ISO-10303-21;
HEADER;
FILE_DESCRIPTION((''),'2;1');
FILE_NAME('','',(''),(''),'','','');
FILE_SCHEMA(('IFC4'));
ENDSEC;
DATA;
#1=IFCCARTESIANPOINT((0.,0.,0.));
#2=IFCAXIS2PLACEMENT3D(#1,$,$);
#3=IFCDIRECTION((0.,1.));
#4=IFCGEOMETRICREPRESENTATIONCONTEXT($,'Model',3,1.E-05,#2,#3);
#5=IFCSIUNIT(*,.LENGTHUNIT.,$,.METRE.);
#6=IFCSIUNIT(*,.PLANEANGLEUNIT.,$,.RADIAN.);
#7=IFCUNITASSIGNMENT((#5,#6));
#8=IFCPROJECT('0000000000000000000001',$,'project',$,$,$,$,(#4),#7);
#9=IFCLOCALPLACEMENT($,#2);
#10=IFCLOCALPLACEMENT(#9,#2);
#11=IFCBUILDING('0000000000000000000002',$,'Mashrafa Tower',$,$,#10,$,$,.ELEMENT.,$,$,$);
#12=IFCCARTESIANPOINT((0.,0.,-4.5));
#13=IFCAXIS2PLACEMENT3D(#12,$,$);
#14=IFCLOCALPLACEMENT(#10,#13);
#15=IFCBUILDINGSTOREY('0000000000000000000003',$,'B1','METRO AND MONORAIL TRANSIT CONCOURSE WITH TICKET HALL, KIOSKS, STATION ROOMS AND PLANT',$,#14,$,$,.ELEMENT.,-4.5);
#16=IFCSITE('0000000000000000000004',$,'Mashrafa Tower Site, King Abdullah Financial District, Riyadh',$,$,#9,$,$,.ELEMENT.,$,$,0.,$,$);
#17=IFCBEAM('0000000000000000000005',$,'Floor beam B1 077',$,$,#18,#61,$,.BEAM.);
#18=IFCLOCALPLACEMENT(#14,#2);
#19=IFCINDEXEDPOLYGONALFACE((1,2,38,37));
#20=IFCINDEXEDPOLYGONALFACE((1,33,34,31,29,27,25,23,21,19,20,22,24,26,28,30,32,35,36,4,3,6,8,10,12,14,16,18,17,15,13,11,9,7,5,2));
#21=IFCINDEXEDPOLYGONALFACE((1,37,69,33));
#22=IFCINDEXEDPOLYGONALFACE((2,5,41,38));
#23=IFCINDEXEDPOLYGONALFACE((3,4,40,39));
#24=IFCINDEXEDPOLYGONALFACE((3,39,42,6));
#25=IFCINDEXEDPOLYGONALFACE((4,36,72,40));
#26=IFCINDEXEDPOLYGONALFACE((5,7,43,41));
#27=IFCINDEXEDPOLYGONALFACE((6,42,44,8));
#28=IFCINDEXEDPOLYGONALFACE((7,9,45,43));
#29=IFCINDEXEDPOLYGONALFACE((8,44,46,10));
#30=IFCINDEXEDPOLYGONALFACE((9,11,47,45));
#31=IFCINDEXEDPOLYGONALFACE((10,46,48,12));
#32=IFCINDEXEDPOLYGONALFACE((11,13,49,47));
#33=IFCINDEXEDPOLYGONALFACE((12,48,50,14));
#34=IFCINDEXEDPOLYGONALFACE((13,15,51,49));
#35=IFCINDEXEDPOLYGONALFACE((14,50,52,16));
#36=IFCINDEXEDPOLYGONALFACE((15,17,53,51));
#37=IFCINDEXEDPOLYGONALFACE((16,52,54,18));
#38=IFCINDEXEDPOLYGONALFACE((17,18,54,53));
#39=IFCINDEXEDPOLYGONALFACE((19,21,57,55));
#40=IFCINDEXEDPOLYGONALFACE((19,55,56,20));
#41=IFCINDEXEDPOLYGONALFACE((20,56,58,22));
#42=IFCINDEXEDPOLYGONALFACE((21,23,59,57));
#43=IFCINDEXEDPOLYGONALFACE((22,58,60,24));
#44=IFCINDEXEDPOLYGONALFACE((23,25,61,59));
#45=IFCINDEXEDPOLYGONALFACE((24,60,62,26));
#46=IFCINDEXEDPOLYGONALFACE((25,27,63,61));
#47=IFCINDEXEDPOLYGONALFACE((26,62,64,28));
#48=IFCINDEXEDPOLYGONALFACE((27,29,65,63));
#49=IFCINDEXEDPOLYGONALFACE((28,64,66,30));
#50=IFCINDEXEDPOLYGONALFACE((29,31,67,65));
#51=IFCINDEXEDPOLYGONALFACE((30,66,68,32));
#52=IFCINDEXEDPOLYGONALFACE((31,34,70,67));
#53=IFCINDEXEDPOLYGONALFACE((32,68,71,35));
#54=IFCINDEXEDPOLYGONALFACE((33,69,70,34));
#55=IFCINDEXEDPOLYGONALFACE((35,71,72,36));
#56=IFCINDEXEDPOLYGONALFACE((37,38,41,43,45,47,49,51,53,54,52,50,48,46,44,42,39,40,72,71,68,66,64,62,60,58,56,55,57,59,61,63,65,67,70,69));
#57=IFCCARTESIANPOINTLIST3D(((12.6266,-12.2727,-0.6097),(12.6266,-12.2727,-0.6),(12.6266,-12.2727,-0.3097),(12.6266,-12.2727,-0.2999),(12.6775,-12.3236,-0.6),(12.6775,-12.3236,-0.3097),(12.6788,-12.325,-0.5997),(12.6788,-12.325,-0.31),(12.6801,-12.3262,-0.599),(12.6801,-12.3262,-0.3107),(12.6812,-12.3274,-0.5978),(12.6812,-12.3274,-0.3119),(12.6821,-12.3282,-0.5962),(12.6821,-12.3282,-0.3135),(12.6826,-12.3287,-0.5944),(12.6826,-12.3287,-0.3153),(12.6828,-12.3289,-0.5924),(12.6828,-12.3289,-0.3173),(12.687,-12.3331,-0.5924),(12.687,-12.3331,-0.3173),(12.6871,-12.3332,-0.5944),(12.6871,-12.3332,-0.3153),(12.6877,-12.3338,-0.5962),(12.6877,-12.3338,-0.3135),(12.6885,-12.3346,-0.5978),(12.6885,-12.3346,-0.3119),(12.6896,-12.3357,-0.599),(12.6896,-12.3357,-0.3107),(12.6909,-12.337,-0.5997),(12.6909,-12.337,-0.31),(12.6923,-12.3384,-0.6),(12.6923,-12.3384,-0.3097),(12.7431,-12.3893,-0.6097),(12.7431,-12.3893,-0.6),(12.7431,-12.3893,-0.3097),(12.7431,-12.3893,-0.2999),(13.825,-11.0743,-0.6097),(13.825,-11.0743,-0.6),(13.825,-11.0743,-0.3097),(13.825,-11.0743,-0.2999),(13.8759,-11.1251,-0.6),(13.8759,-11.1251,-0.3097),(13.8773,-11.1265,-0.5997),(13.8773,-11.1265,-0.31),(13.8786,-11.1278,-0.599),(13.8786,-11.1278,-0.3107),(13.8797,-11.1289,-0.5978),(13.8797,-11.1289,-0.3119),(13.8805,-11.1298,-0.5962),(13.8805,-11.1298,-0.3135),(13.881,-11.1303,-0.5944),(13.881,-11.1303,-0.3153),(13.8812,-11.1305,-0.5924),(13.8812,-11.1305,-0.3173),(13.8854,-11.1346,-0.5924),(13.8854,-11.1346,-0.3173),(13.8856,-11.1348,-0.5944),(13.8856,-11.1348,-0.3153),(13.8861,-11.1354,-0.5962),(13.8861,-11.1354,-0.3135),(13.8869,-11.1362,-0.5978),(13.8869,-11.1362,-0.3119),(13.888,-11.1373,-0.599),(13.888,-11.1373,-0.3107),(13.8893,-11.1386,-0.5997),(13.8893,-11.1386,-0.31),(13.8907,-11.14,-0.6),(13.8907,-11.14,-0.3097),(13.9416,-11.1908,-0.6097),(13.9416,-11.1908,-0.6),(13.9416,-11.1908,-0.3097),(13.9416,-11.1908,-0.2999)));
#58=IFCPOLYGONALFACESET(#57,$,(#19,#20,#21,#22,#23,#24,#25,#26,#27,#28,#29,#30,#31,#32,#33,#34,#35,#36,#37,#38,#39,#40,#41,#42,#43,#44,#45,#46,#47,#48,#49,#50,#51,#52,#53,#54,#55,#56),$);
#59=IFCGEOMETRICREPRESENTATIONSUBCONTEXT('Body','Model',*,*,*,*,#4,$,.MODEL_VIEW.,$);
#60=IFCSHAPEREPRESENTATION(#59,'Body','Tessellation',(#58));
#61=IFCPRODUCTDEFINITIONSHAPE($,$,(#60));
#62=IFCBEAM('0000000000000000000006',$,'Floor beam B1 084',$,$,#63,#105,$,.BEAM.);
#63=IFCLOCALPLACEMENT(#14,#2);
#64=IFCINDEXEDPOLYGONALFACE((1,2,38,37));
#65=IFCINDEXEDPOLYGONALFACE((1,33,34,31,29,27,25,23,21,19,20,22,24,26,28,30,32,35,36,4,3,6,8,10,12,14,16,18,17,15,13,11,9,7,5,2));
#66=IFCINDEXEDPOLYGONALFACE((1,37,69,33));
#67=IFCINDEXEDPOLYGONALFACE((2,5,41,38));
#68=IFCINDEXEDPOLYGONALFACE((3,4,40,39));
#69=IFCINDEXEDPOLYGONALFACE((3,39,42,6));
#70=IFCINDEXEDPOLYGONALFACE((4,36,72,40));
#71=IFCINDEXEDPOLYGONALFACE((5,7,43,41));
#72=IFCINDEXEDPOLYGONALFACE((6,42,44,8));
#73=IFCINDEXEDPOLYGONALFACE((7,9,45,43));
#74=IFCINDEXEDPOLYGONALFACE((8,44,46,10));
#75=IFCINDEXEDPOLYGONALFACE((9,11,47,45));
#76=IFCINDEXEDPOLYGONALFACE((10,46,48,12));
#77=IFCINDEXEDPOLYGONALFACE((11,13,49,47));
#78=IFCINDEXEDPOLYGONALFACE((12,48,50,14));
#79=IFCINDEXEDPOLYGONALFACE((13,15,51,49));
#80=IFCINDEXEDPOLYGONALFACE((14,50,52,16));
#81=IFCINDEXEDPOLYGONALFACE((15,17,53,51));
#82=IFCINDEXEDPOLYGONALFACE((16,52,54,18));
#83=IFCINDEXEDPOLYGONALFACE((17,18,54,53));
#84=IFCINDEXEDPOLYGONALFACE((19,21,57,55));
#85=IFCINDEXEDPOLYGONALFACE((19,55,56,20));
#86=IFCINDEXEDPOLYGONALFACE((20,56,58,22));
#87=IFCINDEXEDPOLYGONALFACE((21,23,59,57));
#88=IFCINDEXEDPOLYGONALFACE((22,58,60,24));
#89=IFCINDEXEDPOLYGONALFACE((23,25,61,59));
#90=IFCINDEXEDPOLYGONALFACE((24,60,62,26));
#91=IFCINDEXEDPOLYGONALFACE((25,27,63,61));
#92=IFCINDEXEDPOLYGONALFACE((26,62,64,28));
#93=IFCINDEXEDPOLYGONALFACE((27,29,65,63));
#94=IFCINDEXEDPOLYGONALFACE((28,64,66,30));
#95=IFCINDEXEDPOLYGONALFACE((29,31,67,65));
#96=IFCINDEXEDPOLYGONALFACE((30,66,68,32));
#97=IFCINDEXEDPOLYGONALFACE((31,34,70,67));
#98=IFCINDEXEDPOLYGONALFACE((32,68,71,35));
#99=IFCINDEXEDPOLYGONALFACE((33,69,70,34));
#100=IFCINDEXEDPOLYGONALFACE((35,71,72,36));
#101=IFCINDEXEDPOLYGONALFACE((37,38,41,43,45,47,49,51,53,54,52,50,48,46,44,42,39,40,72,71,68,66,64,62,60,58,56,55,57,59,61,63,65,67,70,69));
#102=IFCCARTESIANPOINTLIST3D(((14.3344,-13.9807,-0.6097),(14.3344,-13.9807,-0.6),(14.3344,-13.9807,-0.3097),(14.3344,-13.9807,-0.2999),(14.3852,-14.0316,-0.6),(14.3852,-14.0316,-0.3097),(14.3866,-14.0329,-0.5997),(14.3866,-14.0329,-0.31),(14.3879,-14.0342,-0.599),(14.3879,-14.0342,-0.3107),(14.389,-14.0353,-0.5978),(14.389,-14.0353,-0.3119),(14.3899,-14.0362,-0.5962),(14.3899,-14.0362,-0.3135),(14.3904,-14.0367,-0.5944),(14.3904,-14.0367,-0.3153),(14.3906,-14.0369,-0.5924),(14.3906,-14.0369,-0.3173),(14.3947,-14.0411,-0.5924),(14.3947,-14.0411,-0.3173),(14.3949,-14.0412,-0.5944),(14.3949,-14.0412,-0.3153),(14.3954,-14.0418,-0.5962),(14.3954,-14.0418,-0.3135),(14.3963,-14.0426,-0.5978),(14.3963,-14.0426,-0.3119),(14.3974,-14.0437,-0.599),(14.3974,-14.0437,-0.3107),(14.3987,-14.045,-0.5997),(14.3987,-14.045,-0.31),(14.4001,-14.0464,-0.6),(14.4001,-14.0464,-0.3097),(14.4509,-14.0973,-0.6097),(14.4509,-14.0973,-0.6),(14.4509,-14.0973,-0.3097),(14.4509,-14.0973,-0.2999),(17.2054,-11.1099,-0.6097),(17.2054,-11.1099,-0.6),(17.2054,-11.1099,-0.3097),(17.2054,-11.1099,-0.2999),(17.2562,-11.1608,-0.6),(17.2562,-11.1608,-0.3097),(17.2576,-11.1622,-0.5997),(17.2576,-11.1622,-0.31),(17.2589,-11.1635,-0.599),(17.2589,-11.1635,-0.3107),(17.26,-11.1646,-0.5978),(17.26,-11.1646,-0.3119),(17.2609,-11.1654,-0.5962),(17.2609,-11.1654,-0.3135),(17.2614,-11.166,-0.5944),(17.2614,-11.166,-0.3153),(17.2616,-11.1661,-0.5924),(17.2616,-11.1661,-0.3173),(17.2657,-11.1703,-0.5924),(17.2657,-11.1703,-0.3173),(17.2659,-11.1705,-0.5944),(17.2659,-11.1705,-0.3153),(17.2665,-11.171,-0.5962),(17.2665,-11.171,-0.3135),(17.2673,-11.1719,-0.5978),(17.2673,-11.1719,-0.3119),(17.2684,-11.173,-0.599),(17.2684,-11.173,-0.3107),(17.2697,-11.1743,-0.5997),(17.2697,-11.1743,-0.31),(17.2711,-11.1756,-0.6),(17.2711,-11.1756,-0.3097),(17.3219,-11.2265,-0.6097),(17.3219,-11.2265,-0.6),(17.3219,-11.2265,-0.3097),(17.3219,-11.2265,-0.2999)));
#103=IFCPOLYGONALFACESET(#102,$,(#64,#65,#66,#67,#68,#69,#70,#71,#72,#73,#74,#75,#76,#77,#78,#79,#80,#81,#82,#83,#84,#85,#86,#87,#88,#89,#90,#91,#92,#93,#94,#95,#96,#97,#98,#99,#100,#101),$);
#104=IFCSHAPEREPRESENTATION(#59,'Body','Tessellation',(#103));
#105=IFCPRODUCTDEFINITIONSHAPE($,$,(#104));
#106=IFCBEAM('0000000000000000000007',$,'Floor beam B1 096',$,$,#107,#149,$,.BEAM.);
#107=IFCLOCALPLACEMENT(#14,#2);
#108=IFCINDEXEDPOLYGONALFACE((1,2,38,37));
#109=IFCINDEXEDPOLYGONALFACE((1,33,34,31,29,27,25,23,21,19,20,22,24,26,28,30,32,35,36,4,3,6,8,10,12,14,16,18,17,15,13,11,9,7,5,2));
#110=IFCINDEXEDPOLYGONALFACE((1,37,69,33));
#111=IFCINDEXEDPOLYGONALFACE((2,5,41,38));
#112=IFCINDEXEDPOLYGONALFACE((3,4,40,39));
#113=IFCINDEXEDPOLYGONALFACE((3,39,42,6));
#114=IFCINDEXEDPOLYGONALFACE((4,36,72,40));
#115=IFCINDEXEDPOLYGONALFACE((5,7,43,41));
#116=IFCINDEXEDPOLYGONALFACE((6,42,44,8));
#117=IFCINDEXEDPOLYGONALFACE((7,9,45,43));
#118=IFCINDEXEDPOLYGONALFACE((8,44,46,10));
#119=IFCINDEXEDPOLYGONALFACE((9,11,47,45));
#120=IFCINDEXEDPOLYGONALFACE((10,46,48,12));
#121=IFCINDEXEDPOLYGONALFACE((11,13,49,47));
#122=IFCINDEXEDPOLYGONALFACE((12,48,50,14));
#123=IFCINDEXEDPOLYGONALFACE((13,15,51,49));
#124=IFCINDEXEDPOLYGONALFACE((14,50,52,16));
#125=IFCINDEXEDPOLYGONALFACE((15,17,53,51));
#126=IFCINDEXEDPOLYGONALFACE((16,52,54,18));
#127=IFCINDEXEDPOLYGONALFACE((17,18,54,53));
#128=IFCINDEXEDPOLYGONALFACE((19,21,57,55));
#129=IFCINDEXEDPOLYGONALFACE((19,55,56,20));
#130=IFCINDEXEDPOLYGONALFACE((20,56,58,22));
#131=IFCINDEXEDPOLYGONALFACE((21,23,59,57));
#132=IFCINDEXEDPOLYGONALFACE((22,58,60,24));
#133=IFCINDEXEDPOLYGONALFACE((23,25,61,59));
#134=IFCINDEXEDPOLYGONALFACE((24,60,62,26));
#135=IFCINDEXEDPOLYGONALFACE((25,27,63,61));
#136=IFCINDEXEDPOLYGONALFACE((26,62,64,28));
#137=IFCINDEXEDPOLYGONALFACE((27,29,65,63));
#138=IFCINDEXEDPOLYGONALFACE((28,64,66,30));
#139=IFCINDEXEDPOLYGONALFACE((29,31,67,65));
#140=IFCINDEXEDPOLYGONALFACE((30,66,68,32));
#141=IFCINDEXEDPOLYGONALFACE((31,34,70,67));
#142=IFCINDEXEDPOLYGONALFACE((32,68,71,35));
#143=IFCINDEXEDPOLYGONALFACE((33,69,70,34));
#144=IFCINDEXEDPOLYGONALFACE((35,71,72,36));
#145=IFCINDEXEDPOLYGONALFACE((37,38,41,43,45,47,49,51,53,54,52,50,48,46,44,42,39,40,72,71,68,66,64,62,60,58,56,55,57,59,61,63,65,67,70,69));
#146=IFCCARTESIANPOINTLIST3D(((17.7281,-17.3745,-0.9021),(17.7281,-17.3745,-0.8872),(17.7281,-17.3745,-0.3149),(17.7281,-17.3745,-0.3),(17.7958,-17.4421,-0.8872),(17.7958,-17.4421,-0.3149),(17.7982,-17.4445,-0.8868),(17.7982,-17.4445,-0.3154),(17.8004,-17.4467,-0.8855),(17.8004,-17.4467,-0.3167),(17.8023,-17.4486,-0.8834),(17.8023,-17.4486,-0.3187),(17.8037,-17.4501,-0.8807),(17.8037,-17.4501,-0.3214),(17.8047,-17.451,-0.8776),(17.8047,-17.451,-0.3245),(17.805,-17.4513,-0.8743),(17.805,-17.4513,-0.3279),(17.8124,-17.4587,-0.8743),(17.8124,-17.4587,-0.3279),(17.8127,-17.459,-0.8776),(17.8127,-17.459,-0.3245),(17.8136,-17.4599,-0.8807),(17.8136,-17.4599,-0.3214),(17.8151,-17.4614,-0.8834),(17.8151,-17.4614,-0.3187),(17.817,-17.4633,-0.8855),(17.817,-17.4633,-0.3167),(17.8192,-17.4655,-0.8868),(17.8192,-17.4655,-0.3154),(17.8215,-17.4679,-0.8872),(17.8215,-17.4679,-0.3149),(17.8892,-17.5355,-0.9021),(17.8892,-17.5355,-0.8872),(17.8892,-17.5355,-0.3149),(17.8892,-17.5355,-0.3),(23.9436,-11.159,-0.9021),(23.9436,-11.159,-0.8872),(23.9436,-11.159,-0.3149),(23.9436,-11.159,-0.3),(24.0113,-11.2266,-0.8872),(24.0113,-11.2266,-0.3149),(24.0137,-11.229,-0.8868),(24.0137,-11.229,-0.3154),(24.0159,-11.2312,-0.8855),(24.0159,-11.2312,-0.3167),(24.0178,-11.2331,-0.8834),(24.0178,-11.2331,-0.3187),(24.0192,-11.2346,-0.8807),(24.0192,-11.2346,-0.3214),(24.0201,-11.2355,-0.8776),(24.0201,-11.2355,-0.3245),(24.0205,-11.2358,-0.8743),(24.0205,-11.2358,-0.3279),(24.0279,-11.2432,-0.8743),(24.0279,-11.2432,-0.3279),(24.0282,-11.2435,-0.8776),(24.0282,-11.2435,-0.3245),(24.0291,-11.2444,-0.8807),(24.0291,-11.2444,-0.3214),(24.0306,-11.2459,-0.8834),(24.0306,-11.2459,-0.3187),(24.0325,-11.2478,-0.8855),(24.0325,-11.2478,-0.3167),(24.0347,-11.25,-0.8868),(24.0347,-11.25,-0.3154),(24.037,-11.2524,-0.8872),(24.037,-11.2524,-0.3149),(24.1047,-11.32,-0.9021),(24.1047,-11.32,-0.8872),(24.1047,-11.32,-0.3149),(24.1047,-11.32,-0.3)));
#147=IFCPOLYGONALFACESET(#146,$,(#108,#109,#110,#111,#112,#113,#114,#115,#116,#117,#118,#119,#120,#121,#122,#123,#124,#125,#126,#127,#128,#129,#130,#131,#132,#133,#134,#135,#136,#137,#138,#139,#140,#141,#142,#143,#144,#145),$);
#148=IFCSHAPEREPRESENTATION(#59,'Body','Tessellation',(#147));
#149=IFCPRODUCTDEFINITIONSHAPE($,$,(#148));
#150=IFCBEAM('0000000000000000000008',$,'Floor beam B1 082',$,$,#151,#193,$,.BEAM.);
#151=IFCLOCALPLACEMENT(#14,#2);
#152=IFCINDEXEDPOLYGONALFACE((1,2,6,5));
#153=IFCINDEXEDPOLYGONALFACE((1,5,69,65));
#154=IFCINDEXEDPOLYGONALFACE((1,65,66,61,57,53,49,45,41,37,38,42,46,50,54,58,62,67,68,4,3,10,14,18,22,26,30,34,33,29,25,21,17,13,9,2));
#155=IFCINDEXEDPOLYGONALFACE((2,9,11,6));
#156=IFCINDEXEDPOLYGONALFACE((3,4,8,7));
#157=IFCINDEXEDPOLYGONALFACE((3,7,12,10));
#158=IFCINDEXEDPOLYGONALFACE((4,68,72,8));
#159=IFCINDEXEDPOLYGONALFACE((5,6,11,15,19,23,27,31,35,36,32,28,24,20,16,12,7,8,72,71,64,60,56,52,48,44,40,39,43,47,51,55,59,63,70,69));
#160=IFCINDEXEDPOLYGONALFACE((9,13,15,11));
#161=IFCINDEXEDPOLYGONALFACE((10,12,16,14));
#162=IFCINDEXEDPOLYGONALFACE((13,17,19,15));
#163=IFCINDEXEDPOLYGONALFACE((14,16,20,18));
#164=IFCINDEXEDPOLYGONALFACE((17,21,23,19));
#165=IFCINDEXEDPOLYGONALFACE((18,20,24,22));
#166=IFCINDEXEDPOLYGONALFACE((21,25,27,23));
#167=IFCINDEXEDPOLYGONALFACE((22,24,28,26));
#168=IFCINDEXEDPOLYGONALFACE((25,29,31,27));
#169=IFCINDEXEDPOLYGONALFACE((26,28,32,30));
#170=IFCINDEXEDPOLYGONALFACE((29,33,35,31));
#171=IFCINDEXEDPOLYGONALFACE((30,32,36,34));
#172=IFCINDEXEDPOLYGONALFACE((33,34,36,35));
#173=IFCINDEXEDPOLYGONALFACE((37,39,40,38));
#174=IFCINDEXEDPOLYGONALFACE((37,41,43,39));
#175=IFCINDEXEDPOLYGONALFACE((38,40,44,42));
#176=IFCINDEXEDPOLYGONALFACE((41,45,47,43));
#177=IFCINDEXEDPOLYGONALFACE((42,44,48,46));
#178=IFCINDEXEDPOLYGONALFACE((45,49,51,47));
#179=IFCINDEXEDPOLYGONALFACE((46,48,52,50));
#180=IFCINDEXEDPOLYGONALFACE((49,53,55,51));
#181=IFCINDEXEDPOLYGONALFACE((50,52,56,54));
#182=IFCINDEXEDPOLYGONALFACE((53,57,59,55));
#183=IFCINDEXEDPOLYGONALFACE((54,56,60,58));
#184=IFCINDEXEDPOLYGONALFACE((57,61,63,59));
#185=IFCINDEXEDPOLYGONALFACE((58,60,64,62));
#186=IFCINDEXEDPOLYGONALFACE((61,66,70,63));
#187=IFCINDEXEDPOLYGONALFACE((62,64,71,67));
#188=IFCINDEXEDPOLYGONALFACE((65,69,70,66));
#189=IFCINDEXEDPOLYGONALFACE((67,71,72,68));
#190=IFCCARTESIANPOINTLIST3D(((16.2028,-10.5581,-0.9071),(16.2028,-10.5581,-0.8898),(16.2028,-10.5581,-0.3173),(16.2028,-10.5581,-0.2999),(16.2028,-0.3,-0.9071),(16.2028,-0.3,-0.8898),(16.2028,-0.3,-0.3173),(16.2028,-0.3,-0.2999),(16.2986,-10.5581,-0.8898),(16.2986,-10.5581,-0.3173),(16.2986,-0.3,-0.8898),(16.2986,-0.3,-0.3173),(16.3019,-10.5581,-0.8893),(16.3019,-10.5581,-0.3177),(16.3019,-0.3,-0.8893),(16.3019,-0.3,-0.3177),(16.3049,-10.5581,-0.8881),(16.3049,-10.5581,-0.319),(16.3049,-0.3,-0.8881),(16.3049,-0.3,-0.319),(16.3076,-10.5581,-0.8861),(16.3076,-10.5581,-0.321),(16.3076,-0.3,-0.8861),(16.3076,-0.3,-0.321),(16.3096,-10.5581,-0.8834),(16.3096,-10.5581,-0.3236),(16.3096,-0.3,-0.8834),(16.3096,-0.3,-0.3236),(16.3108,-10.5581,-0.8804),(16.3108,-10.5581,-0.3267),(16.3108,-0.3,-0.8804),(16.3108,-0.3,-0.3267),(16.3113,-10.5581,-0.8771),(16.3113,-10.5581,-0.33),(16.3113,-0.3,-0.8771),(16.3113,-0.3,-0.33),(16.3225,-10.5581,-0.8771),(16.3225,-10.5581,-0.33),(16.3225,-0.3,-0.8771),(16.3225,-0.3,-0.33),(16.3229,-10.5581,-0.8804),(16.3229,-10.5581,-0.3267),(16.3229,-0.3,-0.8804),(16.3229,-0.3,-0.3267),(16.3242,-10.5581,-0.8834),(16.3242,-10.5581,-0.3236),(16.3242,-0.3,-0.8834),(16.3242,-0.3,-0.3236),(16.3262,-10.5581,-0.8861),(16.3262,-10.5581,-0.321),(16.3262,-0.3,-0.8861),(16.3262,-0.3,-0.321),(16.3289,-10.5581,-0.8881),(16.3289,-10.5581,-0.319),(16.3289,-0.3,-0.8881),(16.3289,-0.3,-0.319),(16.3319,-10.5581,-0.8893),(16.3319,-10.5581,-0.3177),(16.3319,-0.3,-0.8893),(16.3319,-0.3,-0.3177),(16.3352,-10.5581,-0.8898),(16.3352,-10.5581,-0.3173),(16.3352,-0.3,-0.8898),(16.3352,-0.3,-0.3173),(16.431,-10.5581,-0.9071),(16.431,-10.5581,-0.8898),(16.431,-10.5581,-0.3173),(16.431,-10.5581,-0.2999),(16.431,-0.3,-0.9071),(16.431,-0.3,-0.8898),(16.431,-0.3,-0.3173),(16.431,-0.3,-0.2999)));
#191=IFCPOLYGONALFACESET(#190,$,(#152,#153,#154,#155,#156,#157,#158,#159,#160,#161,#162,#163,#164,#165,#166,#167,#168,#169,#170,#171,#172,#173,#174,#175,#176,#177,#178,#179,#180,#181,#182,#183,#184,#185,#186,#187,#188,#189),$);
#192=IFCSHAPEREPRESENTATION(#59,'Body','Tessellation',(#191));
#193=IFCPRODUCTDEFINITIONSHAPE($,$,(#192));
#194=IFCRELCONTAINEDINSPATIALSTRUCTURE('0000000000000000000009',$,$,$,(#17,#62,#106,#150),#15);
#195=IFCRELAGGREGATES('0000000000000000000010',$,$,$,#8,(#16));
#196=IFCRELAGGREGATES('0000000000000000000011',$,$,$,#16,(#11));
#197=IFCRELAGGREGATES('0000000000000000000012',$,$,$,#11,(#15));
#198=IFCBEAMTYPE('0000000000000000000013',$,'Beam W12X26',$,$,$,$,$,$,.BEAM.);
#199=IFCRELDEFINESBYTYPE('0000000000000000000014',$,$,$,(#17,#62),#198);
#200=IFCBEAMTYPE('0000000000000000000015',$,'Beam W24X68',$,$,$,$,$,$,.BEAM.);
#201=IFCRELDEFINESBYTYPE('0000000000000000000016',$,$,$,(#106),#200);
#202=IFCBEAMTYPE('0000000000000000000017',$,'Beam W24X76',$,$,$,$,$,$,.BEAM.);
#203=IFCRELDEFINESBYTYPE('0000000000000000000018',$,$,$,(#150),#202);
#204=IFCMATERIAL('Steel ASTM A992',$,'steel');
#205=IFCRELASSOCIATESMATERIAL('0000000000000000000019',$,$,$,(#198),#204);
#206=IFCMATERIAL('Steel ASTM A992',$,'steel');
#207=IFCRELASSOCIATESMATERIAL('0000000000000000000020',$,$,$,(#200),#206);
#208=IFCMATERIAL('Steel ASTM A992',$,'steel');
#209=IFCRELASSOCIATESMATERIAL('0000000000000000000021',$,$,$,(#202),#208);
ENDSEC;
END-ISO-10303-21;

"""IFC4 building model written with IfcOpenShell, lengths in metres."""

from ifc_helpers import new_model, si_unit, direction, frame, origin, origin_2d, place, context, subcontext, project, spatial, i_section, extrude, material, material_profile, profile_set, type_object, element, save


model = new_model("IFC4")

# Units and contexts
model_context = context("Model", 3, precision=1e-05, world=origin(), true_north=direction((0.0, 1.0)))
body_context = subcontext(model_context, "Body", "Model", "MODEL_VIEW")
ifc_project = project(units=[si_unit("LENGTHUNIT", "METRE"), si_unit("PLANEANGLEUNIT", "RADIAN")], contexts=[model_context])

# Site, building, storey
site_placement = place(None, origin())
site = spatial("IfcSite", under=ifc_project, at=site_placement, Name="Mashrafa Tower Site, King Abdullah Financial District, Riyadh", CompositionType="ELEMENT", RefElevation=0.0)
building_placement = place(site_placement, origin())
building = spatial("IfcBuilding", under=site, at=building_placement, Name="Mashrafa Tower", CompositionType="ELEMENT")
storey_placement = place(building_placement, frame((0.0, 0.0, -4.5)))
storey = spatial("IfcBuildingStorey", under=building, at=storey_placement, Name="B1", Description="METRO AND MONORAIL TRANSIT CONCOURSE WITH TICKET HALL, KIOSKS, STATION ROOMS AND PLANT", CompositionType="ELEMENT", Elevation=-4.5)

# Beams
ifc_material_1 = material(Name="Steel ASTM A992", Category="steel")
ifc_material_profile_1 = material_profile(ifc_material_1, i_section(OverallWidth=0.1648, OverallDepth=0.3098, WebThickness=0.0059, FlangeThickness=0.0098, FilletRadius=0.0076, at=origin_2d()), Name="W12X26")
ifc_profile_set_1 = profile_set([ifc_material_profile_1], Name="Steel ASTM A992")
beam_type_1 = type_object("IfcBeamType", Name="Beam W12X26", PredefinedType="BEAM", material=ifc_profile_set_1)
for number, where, z_axis, x_axis, name in (
    (1, (13.8833, -11.1326, -0.4548), (-0.707107, -0.707107, 0.0), (0.707107, -0.707107, 0.0), "Floor beam B1 077"),
):
    element("IfcBeam", number, at=place(storey_placement, frame(where, z_axis=z_axis, x_axis=x_axis)), inside=storey, type_object=beam_type_1, Name=name, PredefinedType="BEAM", context=body_context, shape_type="SweptSolid", body=[
        extrude(i_section(OverallWidth=0.1648, OverallDepth=0.3098, WebThickness=0.0059, FlangeThickness=0.0098, FilletRadius=0.0076, at=origin_2d()), origin(), (0.0, 0.0, 1.0), 1.6948),
    ])
beam_1_placement = place(storey_placement, frame((17.2637, -11.1682, -0.4548), z_axis=(-0.707137, -0.707077, 0.0), x_axis=(0.707077, -0.707137, 0.0)))
element("IfcBeam", 2, at=beam_1_placement, inside=storey, type_object=beam_type_1, Name="Floor beam B1 084", PredefinedType="BEAM", context=body_context, shape_type="SweptSolid", body=[
    extrude(i_section(OverallWidth=0.1648, OverallDepth=0.3098, WebThickness=0.0059, FlangeThickness=0.0098, FilletRadius=0.0076, at=origin_2d()), origin(), (0.0, 0.0, 1.0), 4.0601),
])
ifc_material_2 = material(Name="Steel ASTM A992", Category="steel")
ifc_material_profile_2 = material_profile(ifc_material_2, i_section(OverallWidth=0.2278, OverallDepth=0.6021, WebThickness=0.0105, FlangeThickness=0.0149, FilletRadius=0.0129, at=origin_2d()), Name="W24X68")
ifc_profile_set_2 = profile_set([ifc_material_profile_2], Name="Steel ASTM A992")
beam_type_2 = type_object("IfcBeamType", Name="Beam W24X68", PredefinedType="BEAM", material=ifc_profile_set_2)
beam_2_placement = place(storey_placement, frame((24.0242, -11.2395, -0.6011), z_axis=(-0.707107, -0.707107, 0.0), x_axis=(0.707107, -0.707107, 0.0)))
element("IfcBeam", 3, at=beam_2_placement, inside=storey, type_object=beam_type_2, Name="Floor beam B1 096", PredefinedType="BEAM", context=body_context, shape_type="SweptSolid", body=[
    extrude(i_section(OverallWidth=0.2278, OverallDepth=0.6021, WebThickness=0.0105, FlangeThickness=0.0149, FilletRadius=0.0129, at=origin_2d()), origin(), (0.0, 0.0, 1.0), 8.79),
])
ifc_material_3 = material(Name="Steel ASTM A992", Category="steel")
ifc_material_profile_3 = material_profile(ifc_material_3, i_section(OverallWidth=0.2283, OverallDepth=0.6072, WebThickness=0.0112, FlangeThickness=0.0173, FilletRadius=0.0127, at=origin_2d()), Name="W24X76")
ifc_profile_set_3 = profile_set([ifc_material_profile_3], Name="Steel ASTM A992")
beam_type_3 = type_object("IfcBeamType", Name="Beam W24X76", PredefinedType="BEAM", material=ifc_profile_set_3)
beam_3_placement = place(storey_placement, frame((16.3169, -0.3, -0.6035), z_axis=(0.0, -1.0, 0.0), x_axis=(1.0, 0.0, 0.0)))
element("IfcBeam", 4, at=beam_3_placement, inside=storey, type_object=beam_type_3, Name="Floor beam B1 082", PredefinedType="BEAM", context=body_context, shape_type="SweptSolid", body=[
    extrude(i_section(OverallWidth=0.2283, OverallDepth=0.6072, WebThickness=0.0112, FlangeThickness=0.0173, FilletRadius=0.0127, at=origin_2d()), origin(), (0.0, 0.0, 1.0), 10.2581),
])

save(model, "model.ifc")
